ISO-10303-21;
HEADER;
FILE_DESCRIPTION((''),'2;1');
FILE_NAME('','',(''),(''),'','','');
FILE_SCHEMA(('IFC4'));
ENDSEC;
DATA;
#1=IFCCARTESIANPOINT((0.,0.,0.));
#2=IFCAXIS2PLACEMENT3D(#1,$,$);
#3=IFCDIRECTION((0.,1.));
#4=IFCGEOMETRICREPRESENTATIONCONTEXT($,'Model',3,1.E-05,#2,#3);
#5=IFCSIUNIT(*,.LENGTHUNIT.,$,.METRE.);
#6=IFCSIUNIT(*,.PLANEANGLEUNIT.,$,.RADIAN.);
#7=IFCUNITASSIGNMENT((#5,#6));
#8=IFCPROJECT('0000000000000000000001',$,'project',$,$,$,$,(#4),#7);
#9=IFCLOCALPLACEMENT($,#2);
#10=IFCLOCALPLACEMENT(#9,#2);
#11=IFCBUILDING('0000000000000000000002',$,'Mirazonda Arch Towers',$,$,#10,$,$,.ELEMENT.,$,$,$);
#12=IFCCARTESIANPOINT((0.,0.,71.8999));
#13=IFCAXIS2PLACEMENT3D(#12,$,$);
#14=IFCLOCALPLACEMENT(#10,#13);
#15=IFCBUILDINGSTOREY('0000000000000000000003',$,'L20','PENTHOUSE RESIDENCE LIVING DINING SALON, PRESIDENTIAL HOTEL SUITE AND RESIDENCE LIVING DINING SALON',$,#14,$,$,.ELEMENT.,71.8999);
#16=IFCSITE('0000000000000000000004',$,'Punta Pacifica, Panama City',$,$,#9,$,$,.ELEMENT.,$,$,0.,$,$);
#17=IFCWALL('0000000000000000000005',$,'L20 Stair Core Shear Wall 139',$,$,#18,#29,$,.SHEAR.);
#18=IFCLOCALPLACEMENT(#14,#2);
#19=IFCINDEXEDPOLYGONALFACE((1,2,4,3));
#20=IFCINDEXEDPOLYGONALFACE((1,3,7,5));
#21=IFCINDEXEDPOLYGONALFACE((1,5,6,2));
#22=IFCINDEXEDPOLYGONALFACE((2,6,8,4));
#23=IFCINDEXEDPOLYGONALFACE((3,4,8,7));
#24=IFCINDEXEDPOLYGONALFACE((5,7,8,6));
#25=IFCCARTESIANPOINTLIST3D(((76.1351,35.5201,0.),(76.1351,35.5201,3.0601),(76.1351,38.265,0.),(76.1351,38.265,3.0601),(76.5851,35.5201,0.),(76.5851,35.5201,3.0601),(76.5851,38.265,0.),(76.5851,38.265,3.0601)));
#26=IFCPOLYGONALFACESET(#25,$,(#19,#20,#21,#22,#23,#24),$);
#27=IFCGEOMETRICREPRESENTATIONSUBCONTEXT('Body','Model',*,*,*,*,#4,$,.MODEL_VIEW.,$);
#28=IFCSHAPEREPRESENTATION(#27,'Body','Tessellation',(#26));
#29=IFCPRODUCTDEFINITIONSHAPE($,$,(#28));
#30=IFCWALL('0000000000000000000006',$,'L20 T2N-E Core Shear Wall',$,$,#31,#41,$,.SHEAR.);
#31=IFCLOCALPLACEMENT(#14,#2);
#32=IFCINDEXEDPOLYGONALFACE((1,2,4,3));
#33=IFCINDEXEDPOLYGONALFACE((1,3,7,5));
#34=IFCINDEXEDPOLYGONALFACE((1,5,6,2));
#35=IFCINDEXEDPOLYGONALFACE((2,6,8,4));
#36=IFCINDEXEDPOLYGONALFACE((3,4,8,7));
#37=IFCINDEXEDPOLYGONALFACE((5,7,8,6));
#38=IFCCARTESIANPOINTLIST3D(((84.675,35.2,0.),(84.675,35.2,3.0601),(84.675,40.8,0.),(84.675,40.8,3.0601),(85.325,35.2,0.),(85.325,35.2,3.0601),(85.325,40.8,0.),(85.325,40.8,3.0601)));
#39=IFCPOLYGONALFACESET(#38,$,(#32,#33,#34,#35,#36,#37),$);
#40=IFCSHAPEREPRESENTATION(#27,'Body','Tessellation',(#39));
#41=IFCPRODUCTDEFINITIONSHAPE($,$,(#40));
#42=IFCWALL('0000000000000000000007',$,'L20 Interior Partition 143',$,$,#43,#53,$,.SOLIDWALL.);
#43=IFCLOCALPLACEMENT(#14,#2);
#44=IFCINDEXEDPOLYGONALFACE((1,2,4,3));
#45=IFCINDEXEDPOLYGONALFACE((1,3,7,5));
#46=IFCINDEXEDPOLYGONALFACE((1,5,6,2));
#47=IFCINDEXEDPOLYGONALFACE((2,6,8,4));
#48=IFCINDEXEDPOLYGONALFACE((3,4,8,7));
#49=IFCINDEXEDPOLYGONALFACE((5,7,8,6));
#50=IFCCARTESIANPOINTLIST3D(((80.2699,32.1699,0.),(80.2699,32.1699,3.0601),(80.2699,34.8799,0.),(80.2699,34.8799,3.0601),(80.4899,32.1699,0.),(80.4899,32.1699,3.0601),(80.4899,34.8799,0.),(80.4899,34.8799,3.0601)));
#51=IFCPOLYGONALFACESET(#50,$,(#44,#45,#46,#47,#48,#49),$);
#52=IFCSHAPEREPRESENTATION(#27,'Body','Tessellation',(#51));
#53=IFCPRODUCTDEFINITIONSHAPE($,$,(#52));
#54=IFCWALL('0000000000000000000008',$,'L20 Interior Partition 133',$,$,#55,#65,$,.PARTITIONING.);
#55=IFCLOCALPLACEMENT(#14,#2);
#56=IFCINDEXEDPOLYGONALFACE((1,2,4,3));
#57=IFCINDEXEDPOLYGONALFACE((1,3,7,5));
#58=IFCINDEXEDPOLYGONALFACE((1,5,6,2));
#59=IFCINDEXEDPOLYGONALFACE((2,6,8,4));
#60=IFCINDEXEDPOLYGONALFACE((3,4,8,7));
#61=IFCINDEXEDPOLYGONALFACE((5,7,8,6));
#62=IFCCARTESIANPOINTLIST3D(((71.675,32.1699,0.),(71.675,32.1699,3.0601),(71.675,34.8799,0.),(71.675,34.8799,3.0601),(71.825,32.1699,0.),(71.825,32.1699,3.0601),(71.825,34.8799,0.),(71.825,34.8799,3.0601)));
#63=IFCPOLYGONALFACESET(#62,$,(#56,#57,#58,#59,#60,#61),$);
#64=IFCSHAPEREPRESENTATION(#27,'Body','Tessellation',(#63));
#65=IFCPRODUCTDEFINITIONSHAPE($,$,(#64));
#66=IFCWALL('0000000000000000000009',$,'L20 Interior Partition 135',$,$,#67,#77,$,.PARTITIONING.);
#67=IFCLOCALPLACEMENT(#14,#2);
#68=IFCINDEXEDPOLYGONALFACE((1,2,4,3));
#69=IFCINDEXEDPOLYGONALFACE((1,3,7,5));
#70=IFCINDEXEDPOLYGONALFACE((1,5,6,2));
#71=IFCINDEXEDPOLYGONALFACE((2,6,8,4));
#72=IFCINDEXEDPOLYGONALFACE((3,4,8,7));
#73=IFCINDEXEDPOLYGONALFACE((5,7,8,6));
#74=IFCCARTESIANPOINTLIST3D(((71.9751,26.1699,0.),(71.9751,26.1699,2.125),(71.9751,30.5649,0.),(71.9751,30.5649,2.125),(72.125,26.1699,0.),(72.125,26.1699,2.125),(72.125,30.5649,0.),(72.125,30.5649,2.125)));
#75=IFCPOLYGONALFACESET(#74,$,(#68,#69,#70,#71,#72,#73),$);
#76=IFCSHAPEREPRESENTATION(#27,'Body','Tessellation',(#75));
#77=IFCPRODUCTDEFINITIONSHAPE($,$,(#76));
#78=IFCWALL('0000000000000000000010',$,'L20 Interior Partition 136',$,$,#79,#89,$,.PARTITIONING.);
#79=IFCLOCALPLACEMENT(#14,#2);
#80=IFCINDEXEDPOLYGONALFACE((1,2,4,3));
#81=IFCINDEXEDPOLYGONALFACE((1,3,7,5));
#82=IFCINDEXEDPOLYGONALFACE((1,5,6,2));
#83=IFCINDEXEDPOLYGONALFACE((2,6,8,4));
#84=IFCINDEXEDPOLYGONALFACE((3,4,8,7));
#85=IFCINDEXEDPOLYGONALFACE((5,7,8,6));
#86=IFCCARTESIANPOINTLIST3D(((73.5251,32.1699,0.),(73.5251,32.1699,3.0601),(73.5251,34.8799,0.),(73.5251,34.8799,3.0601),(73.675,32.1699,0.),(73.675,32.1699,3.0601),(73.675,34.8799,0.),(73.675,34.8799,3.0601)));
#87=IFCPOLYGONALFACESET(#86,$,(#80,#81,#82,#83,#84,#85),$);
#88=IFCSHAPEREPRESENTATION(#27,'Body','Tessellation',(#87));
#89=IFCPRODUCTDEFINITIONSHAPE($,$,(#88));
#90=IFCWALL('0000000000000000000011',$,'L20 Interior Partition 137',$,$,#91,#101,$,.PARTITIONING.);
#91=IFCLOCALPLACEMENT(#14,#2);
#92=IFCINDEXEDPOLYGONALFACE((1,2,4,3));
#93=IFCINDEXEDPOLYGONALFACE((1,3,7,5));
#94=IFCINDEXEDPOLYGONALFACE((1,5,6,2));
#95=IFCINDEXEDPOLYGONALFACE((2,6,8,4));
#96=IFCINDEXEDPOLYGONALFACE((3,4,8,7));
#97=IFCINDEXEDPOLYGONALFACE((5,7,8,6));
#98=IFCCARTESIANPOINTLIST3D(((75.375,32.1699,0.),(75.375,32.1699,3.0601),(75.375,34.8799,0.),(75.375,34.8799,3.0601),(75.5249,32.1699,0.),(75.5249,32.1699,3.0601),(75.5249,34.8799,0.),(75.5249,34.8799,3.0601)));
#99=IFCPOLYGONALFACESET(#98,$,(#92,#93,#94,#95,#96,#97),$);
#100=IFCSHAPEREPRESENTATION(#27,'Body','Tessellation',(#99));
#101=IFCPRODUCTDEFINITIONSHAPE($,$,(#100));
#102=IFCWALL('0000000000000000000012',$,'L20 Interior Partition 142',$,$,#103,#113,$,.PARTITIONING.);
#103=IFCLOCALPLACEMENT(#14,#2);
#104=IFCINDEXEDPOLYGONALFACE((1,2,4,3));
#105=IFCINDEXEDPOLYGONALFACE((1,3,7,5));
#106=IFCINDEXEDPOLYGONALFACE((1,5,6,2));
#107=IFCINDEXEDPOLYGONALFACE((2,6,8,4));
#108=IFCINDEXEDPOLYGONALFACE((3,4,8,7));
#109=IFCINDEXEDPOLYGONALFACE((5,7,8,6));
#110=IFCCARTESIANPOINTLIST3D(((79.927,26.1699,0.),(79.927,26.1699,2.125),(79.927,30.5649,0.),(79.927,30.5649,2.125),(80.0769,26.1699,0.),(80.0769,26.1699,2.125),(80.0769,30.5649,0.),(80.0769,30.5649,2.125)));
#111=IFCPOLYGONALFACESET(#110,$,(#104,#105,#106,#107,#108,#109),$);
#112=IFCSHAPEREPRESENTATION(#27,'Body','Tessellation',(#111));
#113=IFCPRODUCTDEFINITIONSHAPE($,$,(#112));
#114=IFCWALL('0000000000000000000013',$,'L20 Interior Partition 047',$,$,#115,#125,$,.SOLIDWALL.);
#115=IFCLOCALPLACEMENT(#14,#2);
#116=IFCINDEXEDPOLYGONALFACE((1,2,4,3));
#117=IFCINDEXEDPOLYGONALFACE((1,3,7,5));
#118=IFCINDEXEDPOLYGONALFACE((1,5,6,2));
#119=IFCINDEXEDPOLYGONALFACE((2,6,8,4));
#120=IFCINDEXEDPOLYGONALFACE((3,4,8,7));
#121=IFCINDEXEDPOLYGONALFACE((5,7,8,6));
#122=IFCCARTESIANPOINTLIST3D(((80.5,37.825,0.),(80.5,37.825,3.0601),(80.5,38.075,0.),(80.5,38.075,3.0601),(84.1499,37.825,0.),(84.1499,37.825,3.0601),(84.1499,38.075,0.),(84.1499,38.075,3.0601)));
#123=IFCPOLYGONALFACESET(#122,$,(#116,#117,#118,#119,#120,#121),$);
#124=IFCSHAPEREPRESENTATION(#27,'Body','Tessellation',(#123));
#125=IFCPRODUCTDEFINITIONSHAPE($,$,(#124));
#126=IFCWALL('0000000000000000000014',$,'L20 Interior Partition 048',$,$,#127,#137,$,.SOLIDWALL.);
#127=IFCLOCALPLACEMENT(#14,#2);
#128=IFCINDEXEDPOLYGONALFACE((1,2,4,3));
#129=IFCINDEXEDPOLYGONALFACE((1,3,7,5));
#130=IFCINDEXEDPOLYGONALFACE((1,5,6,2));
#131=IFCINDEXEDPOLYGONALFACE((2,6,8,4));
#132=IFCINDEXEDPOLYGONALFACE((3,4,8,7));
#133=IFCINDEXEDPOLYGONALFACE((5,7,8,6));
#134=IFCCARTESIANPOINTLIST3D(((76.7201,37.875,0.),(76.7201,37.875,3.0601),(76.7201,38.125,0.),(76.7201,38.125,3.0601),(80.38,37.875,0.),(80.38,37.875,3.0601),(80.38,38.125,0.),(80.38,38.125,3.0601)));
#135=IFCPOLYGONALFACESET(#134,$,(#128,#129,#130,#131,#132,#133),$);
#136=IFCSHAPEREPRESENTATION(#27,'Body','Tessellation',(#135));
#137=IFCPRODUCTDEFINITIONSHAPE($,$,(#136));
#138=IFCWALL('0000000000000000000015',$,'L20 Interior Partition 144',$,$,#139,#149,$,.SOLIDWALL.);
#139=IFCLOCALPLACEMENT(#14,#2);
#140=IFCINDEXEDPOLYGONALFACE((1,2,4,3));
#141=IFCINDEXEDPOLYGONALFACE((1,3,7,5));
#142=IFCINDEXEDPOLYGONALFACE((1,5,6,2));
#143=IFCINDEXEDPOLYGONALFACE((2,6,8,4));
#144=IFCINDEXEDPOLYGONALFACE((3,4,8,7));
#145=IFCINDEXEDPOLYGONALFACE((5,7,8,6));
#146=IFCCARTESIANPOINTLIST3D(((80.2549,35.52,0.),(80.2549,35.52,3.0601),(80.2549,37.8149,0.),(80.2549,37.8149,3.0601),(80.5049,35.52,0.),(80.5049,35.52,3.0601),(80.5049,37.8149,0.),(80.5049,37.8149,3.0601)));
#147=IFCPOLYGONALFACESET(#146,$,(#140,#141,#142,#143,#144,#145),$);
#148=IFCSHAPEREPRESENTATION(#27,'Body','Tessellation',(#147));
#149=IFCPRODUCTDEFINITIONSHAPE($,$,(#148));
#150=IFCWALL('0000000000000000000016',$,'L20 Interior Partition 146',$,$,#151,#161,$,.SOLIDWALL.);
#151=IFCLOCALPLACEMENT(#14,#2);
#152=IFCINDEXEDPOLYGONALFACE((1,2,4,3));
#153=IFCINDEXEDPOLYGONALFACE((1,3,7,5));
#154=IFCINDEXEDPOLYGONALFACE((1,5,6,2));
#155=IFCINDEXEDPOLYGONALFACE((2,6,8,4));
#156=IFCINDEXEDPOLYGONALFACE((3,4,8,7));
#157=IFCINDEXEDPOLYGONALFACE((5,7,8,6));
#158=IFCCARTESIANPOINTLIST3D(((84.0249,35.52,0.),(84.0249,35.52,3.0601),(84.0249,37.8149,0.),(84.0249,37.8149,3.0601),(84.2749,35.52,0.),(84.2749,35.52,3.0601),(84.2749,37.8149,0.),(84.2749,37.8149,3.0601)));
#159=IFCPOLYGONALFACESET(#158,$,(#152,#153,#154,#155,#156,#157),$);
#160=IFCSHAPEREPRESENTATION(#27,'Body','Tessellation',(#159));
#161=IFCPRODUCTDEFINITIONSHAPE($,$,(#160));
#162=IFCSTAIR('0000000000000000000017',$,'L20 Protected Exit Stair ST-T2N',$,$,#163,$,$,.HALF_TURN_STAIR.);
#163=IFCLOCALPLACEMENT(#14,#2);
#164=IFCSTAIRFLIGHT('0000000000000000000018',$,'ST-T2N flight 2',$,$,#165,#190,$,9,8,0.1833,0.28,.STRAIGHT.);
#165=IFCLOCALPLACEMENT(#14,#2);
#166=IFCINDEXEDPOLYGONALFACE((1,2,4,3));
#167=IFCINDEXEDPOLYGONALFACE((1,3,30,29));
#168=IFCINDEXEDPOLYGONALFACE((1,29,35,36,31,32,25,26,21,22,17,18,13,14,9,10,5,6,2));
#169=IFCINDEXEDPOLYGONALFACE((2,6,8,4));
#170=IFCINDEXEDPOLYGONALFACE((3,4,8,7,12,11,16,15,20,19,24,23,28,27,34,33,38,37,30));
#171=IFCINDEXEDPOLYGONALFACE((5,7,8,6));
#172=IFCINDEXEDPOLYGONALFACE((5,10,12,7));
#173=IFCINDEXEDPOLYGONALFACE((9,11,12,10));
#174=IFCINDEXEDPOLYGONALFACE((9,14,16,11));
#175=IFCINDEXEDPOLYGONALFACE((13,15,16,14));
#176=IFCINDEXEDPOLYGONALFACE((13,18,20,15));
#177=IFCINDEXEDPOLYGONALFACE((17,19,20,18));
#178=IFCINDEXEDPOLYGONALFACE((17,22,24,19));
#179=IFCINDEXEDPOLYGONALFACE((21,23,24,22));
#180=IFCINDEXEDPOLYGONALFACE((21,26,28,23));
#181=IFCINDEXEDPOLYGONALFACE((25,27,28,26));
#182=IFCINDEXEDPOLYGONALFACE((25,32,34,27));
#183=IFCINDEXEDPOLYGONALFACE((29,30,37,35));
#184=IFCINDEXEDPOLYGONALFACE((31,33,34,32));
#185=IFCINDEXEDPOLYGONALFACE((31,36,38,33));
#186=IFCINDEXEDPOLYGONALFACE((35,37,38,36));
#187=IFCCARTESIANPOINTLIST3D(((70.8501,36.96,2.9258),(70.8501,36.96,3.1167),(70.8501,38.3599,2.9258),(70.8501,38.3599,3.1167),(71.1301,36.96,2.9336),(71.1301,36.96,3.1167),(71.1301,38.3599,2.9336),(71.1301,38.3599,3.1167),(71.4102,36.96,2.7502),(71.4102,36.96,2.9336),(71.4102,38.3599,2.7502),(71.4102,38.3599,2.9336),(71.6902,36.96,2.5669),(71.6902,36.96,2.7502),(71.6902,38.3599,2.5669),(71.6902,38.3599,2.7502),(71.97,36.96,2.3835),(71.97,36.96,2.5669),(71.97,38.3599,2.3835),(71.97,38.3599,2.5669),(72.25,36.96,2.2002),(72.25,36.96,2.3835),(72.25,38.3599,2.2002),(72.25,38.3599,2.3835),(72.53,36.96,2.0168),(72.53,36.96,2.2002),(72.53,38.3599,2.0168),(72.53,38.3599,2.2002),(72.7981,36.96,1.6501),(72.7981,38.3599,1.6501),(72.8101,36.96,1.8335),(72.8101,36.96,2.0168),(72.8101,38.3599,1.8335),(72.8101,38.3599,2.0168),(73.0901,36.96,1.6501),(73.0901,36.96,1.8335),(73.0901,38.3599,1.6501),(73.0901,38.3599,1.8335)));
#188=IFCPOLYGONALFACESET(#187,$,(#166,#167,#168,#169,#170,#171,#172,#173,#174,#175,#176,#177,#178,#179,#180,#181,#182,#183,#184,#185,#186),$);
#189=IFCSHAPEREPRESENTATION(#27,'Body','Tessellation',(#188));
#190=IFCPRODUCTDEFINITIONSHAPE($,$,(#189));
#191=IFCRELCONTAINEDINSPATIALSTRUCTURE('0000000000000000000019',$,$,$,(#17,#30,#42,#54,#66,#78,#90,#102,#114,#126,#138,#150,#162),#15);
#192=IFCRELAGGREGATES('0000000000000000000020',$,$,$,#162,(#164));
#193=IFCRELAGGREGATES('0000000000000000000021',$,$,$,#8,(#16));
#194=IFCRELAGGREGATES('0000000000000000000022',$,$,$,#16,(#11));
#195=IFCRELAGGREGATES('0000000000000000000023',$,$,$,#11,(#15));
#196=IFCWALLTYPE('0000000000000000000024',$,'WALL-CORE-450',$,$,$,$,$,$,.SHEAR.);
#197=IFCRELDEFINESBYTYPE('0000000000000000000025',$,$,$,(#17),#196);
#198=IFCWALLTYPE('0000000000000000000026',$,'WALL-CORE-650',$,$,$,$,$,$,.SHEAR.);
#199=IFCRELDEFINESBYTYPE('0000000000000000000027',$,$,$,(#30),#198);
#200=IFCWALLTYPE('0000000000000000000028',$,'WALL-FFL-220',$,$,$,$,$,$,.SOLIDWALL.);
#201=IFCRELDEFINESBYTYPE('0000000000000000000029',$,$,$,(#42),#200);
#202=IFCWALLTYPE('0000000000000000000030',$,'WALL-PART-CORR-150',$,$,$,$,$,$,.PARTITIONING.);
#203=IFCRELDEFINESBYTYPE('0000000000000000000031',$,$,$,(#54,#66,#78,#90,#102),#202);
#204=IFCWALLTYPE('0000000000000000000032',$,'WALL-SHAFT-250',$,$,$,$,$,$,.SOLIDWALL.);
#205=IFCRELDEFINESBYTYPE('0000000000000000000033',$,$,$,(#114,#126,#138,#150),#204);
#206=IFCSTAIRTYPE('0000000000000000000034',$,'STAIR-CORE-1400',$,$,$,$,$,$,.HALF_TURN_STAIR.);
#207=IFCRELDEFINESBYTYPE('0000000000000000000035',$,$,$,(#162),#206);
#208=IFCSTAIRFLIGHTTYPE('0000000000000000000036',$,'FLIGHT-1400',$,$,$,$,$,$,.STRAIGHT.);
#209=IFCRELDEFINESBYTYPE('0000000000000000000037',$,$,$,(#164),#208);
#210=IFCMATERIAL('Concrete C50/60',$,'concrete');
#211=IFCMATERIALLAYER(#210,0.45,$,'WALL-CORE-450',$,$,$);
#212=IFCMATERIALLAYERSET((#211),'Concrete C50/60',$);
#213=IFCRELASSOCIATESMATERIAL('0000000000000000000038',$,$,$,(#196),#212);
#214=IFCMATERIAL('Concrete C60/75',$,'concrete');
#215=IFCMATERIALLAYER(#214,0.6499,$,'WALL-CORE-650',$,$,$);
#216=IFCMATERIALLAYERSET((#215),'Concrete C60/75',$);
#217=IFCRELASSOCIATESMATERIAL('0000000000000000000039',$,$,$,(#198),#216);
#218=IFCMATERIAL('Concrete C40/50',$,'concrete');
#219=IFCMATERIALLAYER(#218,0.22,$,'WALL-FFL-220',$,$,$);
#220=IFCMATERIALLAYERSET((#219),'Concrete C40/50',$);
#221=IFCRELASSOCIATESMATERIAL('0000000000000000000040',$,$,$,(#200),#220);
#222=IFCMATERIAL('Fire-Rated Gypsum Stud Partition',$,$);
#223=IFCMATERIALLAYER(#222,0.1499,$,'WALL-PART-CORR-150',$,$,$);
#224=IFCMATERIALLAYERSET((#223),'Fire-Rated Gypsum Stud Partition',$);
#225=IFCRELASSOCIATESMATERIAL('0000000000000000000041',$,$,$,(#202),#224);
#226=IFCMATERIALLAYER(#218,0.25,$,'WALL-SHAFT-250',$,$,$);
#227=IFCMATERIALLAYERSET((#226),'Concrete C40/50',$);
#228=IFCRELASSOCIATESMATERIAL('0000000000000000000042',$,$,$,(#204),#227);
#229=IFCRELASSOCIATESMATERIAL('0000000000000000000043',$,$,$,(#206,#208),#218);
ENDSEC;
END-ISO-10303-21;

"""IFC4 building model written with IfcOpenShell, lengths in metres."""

from ifc_helpers import new_model, si_unit, direction, frame, frame_2d, origin, place, context, subcontext, project, spatial, polyline, rectangle, outline, extrude, material, layer, layer_set, type_object, element, aggregate, save


model = new_model("IFC4")

# Units and contexts
model_context = context("Model", 3, precision=1e-05, world=origin(), true_north=direction((0.0, 1.0)))
body_context = subcontext(model_context, "Body", "Model", "MODEL_VIEW")
ifc_project = project(units=[si_unit("LENGTHUNIT", "METRE"), si_unit("PLANEANGLEUNIT", "RADIAN")], contexts=[model_context])

# Site, building, storey
site_placement = place(None, origin())
site = spatial("IfcSite", under=ifc_project, at=site_placement, Name="Punta Pacifica, Panama City", CompositionType="ELEMENT", RefElevation=0.0)
building_placement = place(site_placement, origin())
building = spatial("IfcBuilding", under=site, at=building_placement, Name="Mirazonda Arch Towers", CompositionType="ELEMENT")
storey_placement = place(building_placement, frame((0.0, 0.0, 71.8999)))
storey = spatial("IfcBuildingStorey", under=building, at=storey_placement, Name="L20", Description="PENTHOUSE RESIDENCE LIVING DINING SALON, PRESIDENTIAL HOTEL SUITE AND RESIDENCE LIVING DINING SALON", CompositionType="ELEMENT", Elevation=71.8999)

# Shared definitions
ifc_material_1 = material(Name="Concrete C60/75", Category="concrete")

# Walls
ifc_material_2 = material(Name="Concrete C50/60", Category="concrete")
ifc_layer_1 = layer(ifc_material_2, 0.45, Name="WALL-CORE-450")
ifc_layer_set_1 = layer_set([ifc_layer_1], Name="Concrete C50/60")
wall_type_1 = type_object("IfcWallType", Name="WALL-CORE-450", PredefinedType="SHEAR", material=ifc_layer_set_1)
wall_1_placement = place(storey_placement, frame((76.3601, 35.52, 0.0), z_axis=(0.0, 0.0, 1.0), x_axis=(0.0, 1.0, 0.0)))
element("IfcWall", 1, at=wall_1_placement, inside=storey, type_object=wall_type_1, Name="L20 Stair Core Shear Wall 139", PredefinedType="SHEAR", context=body_context, shape_type="SweptSolid", body=[
    extrude(rectangle(XDim=2.7449, YDim=0.45, at=frame_2d((1.3726, 0.0))), origin(), (0.0, 0.0, 1.0), 3.0601),
])
ifc_layer_2 = layer(ifc_material_1, 0.6499, Name="WALL-CORE-650")
ifc_layer_set_2 = layer_set([ifc_layer_2], Name="Concrete C60/75")
wall_type_2 = type_object("IfcWallType", Name="WALL-CORE-650", PredefinedType="SHEAR", material=ifc_layer_set_2)
wall_2_placement = place(storey_placement, frame((85.0, 35.2, 0.0), z_axis=(0.0, 0.0, 1.0), x_axis=(0.0, 1.0, 0.0)))
element("IfcWall", 2, at=wall_2_placement, inside=storey, type_object=wall_type_2, Name="L20 T2N-E Core Shear Wall", PredefinedType="SHEAR", context=body_context, shape_type="SweptSolid", body=[
    extrude(rectangle(XDim=5.6001, YDim=0.6499, at=frame_2d((2.8, 0.0))), origin(), (0.0, 0.0, 1.0), 3.0601),
])
ifc_material_3 = material(Name="Concrete C40/50", Category="concrete")
ifc_layer_3 = layer(ifc_material_3, 0.22, Name="WALL-FFL-220")
ifc_layer_set_3 = layer_set([ifc_layer_3], Name="Concrete C40/50")
wall_type_3 = type_object("IfcWallType", Name="WALL-FFL-220", PredefinedType="SOLIDWALL", material=ifc_layer_set_3)
wall_3_placement = place(storey_placement, frame((80.3799, 32.1699, 0.0), z_axis=(0.0, 0.0, 1.0), x_axis=(0.0, 1.0, 0.0)))
element("IfcWall", 3, at=wall_3_placement, inside=storey, type_object=wall_type_3, Name="L20 Interior Partition 143", PredefinedType="SOLIDWALL", context=body_context, shape_type="SweptSolid", body=[
    extrude(rectangle(XDim=2.71, YDim=0.22, at=frame_2d((1.355, 0.0))), origin(), (0.0, 0.0, 1.0), 3.0601),
])
ifc_material_4 = material(Name="Fire-Rated Gypsum Stud Partition")
ifc_layer_4 = layer(ifc_material_4, 0.1499, Name="WALL-PART-CORR-150")
ifc_layer_set_4 = layer_set([ifc_layer_4], Name="Fire-Rated Gypsum Stud Partition")
wall_type_4 = type_object("IfcWallType", Name="WALL-PART-CORR-150", PredefinedType="PARTITIONING", material=ifc_layer_set_4)
wall_4_placement = place(storey_placement, frame((71.75, 32.1699, 0.0), z_axis=(0.0, 0.0, 1.0), x_axis=(0.0, 1.0, 0.0)))
element("IfcWall", 4, at=wall_4_placement, inside=storey, type_object=wall_type_4, Name="L20 Interior Partition 133", PredefinedType="PARTITIONING", context=body_context, shape_type="SweptSolid", body=[
    extrude(rectangle(XDim=2.71, YDim=0.1499, at=frame_2d((1.355, 0.0))), origin(), (0.0, 0.0, 1.0), 3.0601),
])
wall_5_placement = place(storey_placement, frame((72.05, 26.1699, 0.0), z_axis=(0.0, 0.0, 1.0), x_axis=(0.0, 1.0, 0.0)))
element("IfcWall", 5, at=wall_5_placement, inside=storey, type_object=wall_type_4, Name="L20 Interior Partition 135", PredefinedType="PARTITIONING", context=body_context, shape_type="SweptSolid", body=[
    extrude(rectangle(XDim=4.395, YDim=0.1499, at=frame_2d((2.1975, 0.0))), origin(), (0.0, 0.0, 1.0), 2.125),
])
for number, where, z_axis, x_axis, name in (
    (6, (73.6001, 32.1699, 0.0), (0.0, 0.0, 1.0), (0.0, 1.0, 0.0), "L20 Interior Partition 136"),
    (7, (75.45, 32.1699, 0.0), (0.0, 0.0, 1.0), (0.0, 1.0, 0.0), "L20 Interior Partition 137"),
):
    element("IfcWall", number, at=place(storey_placement, frame(where, z_axis=z_axis, x_axis=x_axis)), inside=storey, type_object=wall_type_4, Name=name, PredefinedType="PARTITIONING", context=body_context, shape_type="SweptSolid", body=[
        extrude(rectangle(XDim=2.71, YDim=0.1499, at=frame_2d((1.355, 0.0))), origin(), (0.0, 0.0, 1.0), 3.0601),
    ])
wall_6_placement = place(storey_placement, frame((80.002, 26.1699, 0.0), z_axis=(0.0, 0.0, 1.0), x_axis=(0.0, 1.0, 0.0)))
element("IfcWall", 8, at=wall_6_placement, inside=storey, type_object=wall_type_4, Name="L20 Interior Partition 142", PredefinedType="PARTITIONING", context=body_context, shape_type="SweptSolid", body=[
    extrude(rectangle(XDim=4.395, YDim=0.1499, at=frame_2d((2.1975, 0.0))), origin(), (0.0, 0.0, 1.0), 2.125),
])
ifc_layer_5 = layer(ifc_material_3, 0.25, Name="WALL-SHAFT-250")
ifc_layer_set_5 = layer_set([ifc_layer_5], Name="Concrete C40/50")
wall_type_5 = type_object("IfcWallType", Name="WALL-SHAFT-250", PredefinedType="SOLIDWALL", material=ifc_layer_set_5)
wall_7_placement = place(storey_placement, frame((80.5, 37.95, 0.0), z_axis=(0.0, 0.0, 1.0), x_axis=(1.0, 0.0, 0.0)))
element("IfcWall", 9, at=wall_7_placement, inside=storey, type_object=wall_type_5, Name="L20 Interior Partition 047", PredefinedType="SOLIDWALL", context=body_context, shape_type="SweptSolid", body=[
    extrude(rectangle(XDim=3.6499, YDim=0.25, at=frame_2d((1.825, 0.0))), origin(), (0.0, 0.0, 1.0), 3.0601),
])
wall_8_placement = place(storey_placement, frame((76.72, 38.0, 0.0), z_axis=(0.0, 0.0, 1.0), x_axis=(1.0, 0.0, 0.0)))
element("IfcWall", 10, at=wall_8_placement, inside=storey, type_object=wall_type_5, Name="L20 Interior Partition 048", PredefinedType="SOLIDWALL", context=body_context, shape_type="SweptSolid", body=[
    extrude(rectangle(XDim=3.6599, YDim=0.25, at=frame_2d((1.8301, 0.0))), origin(), (0.0, 0.0, 1.0), 3.0601),
])
for number, where, z_axis, x_axis, name in (
    (11, (80.3799, 35.52, 0.0), (0.0, 0.0, 1.0), (0.0, 1.0, 0.0), "L20 Interior Partition 144"),
    (12, (84.1499, 35.52, 0.0), (0.0, 0.0, 1.0), (0.0, 1.0, 0.0), "L20 Interior Partition 146"),
):
    element("IfcWall", number, at=place(storey_placement, frame(where, z_axis=z_axis, x_axis=x_axis)), inside=storey, type_object=wall_type_5, Name=name, PredefinedType="SOLIDWALL", context=body_context, shape_type="SweptSolid", body=[
        extrude(rectangle(XDim=2.2949, YDim=0.25, at=frame_2d((1.1475, 0.0))), origin(), (0.0, 0.0, 1.0), 3.0601),
    ])

# Stair, stair flight
stair_type = type_object("IfcStairType", Name="STAIR-CORE-1400", PredefinedType="HALF_TURN_STAIR", material=ifc_material_3)
stair_placement = place(storey_placement, origin())
stair = element("IfcStair", 13, at=stair_placement, inside=storey, type_object=stair_type, Name="L20 Protected Exit Stair ST-T2N", PredefinedType="HALF_TURN_STAIR")
stair_flight_type = type_object("IfcStairFlightType", Name="FLIGHT-1400", PredefinedType="STRAIGHT", material=ifc_material_3)
stair_flight_placement = place(storey_placement, frame((73.0901, 37.6599, 1.6501), z_axis=(0.0, 0.0, 1.0), x_axis=(-1.0, 0.0, 0.0)))
stair_flight = element("IfcStairFlight", 14, at=stair_flight_placement, type_object=stair_flight_type, Name="ST-T2N flight 2", NumberOfRisers=9, NumberOfTreads=8, PredefinedType="STRAIGHT", RiserHeight=0.1833, TreadLength=0.28, context=body_context, shape_type="SweptSolid", body=[
    extrude(outline(polyline([(0.0, 0.0), (0.0, 0.1833), (0.28, 0.1833), (0.28, 0.3667), (0.5601, 0.3667), (0.5601, 0.55), (0.8401, 0.55), (0.8401, 0.7334), (1.1201, 0.7334), (1.1201, 0.9167), (1.3999, 0.9167), (1.3999, 1.1001), (1.6799, 1.1001), (1.6799, 1.2834), (1.96, 1.2834), (1.96, 1.4666), (2.24, 1.4666), (2.24, 1.6499), (2.24, 1.2756), (0.292, 0.0), (0.0, 0.0)])), frame((0.0, 0.7, 0.0), z_axis=(0.0, -1.0, 0.0), x_axis=(1.0, 0.0, 0.0)), (0.0, 0.0, 1.0), 1.3999),
])
aggregate(stair, [stair_flight])

save(model, "model.ifc")
